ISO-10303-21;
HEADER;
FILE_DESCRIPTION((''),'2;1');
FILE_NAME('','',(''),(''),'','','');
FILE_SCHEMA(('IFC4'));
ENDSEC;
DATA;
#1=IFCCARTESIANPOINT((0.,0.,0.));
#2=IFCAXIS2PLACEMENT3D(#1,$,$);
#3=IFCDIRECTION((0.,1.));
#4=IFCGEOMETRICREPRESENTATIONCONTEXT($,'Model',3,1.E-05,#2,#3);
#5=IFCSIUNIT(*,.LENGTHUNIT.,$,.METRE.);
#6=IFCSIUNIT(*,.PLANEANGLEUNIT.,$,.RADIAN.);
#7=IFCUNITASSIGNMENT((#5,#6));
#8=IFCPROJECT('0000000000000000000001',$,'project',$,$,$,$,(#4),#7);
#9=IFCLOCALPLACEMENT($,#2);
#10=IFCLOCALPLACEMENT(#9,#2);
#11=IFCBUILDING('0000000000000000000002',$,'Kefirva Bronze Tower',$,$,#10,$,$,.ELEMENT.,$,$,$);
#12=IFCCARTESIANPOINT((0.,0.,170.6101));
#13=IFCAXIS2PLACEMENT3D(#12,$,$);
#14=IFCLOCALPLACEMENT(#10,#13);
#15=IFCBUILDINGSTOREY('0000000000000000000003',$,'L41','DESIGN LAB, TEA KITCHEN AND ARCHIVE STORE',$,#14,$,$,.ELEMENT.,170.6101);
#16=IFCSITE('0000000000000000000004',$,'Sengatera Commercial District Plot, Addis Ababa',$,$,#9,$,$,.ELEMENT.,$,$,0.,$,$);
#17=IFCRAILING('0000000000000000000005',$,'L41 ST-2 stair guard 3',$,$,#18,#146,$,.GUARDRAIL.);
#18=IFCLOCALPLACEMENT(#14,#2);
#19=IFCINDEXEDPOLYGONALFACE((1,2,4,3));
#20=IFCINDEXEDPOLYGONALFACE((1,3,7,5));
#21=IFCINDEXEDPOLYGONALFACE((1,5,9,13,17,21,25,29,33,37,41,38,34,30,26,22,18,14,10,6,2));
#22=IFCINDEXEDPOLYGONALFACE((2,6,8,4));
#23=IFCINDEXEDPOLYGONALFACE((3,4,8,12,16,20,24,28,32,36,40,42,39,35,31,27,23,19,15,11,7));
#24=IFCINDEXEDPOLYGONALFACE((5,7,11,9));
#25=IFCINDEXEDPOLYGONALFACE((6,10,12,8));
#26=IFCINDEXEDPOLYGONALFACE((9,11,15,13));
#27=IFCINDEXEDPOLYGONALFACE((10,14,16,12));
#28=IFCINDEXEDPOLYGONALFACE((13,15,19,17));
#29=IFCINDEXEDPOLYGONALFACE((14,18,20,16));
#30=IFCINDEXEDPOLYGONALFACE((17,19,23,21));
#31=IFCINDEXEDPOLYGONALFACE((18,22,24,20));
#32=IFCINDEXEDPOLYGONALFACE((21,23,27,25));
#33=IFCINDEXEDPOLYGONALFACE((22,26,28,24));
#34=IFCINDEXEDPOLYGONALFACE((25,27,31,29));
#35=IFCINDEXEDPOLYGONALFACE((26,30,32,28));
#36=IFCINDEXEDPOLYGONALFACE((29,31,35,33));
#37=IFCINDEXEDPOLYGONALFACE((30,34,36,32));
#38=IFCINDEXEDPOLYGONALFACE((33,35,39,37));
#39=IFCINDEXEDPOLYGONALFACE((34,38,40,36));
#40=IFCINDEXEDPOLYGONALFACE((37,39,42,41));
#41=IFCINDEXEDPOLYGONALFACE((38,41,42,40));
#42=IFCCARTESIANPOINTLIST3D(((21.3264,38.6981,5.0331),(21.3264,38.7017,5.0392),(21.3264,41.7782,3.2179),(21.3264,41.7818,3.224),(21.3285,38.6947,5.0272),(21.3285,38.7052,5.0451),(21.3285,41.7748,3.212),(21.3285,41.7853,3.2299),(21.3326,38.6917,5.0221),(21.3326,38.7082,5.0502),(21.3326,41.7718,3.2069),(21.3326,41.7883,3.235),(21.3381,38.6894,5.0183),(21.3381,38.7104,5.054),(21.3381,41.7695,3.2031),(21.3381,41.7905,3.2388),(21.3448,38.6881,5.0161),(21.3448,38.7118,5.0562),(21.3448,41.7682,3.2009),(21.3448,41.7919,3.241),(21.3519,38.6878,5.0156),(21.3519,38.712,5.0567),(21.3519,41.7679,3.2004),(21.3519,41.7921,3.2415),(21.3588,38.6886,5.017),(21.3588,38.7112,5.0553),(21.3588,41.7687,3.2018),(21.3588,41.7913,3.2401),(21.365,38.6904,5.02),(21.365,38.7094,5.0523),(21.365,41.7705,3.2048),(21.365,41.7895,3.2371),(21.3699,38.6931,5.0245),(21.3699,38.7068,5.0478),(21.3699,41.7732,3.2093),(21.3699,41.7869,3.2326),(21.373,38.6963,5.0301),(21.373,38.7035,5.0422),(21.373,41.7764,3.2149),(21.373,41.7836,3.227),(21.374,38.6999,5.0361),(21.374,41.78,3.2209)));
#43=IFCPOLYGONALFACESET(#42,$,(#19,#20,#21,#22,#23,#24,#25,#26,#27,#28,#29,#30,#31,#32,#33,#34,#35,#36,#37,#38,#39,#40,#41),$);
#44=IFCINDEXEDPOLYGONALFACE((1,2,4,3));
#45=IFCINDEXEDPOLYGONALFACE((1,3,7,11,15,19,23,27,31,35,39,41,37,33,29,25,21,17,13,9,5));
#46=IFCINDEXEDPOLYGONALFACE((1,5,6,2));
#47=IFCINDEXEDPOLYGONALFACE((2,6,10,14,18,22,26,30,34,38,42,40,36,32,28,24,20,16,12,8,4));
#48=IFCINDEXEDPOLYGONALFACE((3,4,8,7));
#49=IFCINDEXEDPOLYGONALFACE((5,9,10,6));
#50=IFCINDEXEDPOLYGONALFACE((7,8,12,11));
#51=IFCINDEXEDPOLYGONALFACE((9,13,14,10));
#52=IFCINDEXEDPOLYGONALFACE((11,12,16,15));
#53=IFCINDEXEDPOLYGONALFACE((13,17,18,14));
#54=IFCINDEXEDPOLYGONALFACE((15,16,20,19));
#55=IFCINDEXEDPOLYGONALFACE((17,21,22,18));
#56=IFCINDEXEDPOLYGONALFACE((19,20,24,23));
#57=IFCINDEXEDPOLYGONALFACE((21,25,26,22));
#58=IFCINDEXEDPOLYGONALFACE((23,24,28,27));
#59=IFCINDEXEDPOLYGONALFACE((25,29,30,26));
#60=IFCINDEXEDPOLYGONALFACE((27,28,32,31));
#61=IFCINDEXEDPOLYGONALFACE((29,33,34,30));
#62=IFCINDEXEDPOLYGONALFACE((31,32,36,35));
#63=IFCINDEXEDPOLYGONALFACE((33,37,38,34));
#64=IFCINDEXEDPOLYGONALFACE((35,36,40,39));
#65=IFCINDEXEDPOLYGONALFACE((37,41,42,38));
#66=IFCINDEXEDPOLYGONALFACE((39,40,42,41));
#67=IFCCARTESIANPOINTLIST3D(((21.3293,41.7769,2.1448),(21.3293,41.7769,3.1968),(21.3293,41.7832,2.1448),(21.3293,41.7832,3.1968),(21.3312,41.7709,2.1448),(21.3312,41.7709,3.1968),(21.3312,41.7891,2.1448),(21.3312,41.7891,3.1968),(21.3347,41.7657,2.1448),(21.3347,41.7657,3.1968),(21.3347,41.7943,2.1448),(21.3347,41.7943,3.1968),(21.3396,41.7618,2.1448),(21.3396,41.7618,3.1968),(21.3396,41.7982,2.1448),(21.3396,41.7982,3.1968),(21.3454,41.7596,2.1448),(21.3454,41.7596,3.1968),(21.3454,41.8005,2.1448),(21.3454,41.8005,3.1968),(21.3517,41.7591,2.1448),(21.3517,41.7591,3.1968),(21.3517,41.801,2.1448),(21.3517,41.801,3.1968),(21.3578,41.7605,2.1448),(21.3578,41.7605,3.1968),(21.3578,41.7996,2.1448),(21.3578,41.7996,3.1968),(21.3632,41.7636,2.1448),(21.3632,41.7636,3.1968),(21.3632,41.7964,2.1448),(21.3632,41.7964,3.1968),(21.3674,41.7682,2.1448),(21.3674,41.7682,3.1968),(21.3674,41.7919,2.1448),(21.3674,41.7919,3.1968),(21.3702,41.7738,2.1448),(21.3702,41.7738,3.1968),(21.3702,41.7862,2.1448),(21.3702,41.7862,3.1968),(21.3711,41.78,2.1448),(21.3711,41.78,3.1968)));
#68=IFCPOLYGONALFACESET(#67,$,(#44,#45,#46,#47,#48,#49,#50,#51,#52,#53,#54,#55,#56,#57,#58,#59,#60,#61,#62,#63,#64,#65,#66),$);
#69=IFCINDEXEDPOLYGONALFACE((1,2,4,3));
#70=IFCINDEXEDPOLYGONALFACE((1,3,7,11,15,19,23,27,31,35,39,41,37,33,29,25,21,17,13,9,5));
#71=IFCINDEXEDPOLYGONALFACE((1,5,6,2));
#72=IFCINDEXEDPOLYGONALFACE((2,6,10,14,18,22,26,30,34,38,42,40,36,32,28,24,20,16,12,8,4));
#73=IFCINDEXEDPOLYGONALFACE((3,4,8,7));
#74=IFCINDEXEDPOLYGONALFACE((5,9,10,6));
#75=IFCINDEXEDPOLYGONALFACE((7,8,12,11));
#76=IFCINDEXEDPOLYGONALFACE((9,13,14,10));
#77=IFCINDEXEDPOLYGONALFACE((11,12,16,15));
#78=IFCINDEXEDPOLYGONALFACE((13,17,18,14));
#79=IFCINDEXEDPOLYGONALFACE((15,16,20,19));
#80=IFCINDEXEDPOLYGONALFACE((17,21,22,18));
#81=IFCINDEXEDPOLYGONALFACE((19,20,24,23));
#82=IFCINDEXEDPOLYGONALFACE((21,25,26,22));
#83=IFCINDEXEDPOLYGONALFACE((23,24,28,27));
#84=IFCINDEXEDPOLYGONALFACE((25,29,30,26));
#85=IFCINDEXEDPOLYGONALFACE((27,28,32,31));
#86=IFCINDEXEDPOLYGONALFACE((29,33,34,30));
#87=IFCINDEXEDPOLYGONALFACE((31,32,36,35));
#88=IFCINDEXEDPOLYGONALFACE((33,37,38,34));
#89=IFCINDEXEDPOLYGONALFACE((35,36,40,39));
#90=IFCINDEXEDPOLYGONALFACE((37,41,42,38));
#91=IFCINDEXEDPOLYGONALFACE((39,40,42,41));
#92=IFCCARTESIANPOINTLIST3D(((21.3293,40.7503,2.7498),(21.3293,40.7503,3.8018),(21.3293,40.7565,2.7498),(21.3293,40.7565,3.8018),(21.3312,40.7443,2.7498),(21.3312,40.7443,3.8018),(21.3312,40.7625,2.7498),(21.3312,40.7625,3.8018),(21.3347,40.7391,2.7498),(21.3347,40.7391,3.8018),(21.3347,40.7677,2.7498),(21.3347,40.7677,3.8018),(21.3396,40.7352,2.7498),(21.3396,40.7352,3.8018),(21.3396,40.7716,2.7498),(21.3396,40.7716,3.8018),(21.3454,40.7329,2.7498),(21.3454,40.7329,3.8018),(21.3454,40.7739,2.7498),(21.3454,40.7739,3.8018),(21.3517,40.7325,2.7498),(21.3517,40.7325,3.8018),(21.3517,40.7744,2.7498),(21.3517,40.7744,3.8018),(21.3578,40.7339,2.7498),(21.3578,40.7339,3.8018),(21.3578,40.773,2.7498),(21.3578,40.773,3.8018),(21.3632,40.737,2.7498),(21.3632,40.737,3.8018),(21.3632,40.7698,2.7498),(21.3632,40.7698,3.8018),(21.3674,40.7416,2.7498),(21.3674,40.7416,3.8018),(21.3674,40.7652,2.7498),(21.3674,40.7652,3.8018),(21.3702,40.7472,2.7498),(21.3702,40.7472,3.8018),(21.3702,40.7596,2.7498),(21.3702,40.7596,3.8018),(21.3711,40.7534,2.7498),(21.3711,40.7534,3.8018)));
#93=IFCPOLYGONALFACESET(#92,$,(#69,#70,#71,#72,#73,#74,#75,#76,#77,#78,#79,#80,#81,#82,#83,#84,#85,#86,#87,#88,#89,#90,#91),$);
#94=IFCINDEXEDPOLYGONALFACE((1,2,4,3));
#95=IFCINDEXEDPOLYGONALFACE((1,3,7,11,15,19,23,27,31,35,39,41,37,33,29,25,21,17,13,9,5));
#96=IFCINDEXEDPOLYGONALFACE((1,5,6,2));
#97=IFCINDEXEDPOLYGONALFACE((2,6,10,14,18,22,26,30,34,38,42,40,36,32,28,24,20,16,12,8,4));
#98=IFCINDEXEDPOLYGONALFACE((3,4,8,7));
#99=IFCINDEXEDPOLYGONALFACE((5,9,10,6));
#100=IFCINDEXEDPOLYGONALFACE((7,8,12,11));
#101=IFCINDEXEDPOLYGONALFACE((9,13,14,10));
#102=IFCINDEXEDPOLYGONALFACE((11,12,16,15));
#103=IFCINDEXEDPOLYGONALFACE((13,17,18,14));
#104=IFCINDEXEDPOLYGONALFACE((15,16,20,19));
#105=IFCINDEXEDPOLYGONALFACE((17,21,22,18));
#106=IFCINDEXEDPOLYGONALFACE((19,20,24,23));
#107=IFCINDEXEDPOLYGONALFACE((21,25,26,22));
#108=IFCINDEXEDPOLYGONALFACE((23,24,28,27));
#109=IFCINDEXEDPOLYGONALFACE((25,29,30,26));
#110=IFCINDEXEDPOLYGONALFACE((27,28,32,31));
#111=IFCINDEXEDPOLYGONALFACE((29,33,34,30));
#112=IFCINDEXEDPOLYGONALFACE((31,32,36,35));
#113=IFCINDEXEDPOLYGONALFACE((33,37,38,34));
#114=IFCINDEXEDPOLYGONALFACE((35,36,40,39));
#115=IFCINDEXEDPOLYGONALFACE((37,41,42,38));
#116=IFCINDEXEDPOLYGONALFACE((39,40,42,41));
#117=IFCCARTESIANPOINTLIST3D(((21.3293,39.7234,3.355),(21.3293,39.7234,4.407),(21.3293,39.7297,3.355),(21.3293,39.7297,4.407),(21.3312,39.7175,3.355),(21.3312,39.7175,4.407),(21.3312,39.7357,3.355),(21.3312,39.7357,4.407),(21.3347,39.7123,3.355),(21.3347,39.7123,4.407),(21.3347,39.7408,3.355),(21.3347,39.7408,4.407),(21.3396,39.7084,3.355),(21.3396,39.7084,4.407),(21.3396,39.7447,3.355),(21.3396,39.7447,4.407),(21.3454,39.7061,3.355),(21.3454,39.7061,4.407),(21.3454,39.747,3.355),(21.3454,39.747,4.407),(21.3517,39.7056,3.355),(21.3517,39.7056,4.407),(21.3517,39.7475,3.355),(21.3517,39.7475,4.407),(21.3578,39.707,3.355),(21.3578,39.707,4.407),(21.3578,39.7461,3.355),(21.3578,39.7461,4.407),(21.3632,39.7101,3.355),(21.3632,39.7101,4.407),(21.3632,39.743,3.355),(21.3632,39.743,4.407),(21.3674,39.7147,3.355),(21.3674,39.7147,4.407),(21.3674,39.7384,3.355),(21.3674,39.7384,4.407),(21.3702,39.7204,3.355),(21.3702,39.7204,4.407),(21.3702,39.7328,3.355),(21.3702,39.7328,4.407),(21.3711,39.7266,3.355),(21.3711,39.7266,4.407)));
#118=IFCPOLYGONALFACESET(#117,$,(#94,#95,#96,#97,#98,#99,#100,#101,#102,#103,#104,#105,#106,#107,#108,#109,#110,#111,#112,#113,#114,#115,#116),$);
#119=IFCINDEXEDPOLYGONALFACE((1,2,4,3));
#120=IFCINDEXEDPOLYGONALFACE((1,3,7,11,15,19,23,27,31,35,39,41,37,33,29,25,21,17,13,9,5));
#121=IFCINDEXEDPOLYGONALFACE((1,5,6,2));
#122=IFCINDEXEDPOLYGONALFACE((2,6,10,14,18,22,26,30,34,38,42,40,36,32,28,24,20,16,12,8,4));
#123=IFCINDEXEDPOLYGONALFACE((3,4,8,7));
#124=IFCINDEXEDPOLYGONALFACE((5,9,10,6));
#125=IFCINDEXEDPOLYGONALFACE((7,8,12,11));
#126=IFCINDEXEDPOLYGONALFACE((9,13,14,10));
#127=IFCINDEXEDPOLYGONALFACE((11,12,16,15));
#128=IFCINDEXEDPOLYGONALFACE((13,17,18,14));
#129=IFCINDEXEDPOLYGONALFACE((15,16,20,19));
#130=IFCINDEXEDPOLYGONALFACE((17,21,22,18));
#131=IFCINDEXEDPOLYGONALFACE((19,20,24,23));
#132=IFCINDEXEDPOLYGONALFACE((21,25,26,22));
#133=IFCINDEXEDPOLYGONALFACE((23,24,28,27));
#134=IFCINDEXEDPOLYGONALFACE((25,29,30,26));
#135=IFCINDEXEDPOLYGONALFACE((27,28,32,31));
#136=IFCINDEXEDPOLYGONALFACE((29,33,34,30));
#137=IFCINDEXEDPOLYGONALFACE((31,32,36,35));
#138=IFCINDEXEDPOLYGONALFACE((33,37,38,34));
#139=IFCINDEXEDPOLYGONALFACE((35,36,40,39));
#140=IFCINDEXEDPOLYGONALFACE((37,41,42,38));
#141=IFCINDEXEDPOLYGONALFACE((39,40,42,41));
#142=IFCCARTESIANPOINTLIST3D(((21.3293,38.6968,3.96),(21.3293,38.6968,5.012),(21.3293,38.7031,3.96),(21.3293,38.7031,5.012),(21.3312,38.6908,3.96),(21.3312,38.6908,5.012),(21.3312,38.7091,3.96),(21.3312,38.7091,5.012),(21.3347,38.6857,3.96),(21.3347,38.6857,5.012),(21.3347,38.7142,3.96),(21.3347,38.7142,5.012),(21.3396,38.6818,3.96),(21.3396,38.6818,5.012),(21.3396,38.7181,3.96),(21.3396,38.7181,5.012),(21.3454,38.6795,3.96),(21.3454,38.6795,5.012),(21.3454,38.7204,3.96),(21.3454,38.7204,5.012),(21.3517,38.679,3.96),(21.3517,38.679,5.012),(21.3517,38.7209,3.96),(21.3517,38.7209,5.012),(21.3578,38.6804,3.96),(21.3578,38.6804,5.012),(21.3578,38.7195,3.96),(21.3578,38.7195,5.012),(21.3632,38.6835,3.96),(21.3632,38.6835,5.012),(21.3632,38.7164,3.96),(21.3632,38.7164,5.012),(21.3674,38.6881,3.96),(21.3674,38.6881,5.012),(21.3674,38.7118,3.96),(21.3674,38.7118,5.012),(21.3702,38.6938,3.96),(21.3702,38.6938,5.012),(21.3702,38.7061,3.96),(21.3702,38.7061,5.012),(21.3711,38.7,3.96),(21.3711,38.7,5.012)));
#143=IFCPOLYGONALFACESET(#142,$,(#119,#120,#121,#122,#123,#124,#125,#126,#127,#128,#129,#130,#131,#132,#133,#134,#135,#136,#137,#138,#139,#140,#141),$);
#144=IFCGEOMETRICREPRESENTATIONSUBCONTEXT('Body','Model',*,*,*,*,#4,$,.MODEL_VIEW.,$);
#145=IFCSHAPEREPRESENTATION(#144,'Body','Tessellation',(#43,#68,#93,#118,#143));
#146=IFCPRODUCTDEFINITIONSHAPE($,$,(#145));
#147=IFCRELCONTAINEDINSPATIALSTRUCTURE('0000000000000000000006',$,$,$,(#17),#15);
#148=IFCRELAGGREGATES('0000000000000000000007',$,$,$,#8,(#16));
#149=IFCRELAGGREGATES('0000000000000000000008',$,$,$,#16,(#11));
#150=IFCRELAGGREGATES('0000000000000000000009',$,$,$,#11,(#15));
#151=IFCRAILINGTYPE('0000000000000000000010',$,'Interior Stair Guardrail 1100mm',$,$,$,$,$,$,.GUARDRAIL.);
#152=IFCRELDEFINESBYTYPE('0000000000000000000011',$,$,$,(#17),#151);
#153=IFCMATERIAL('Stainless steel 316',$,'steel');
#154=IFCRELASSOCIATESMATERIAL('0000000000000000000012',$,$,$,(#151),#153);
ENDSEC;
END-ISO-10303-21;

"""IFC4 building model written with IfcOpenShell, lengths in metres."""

from ifc_helpers import new_model, si_unit, direction, frame, origin, origin_2d, place, context, subcontext, project, spatial, circle, extrude, material, type_object, element, save


model = new_model("IFC4")

# Units and contexts
model_context = context("Model", 3, precision=1e-05, world=origin(), true_north=direction((0.0, 1.0)))
body_context = subcontext(model_context, "Body", "Model", "MODEL_VIEW")
ifc_project = project(units=[si_unit("LENGTHUNIT", "METRE"), si_unit("PLANEANGLEUNIT", "RADIAN")], contexts=[model_context])

# Site, building, storey
site_placement = place(None, origin())
site = spatial("IfcSite", under=ifc_project, at=site_placement, Name="Sengatera Commercial District Plot, Addis Ababa", CompositionType="ELEMENT", RefElevation=0.0)
building_placement = place(site_placement, origin())
building = spatial("IfcBuilding", under=site, at=building_placement, Name="Kefirva Bronze Tower", CompositionType="ELEMENT")
storey_placement = place(building_placement, frame((0.0, 0.0, 170.6101)))
storey = spatial("IfcBuildingStorey", under=building, at=storey_placement, Name="L41", Description="DESIGN LAB, TEA KITCHEN AND ARCHIVE STORE", CompositionType="ELEMENT", Elevation=170.6101)

# Railing
ifc_material_1 = material(Name="Stainless steel 316", Category="steel")
railing_type_1 = type_object("IfcRailingType", Name="Interior Stair Guardrail 1100mm", PredefinedType="GUARDRAIL", material=ifc_material_1)
railing_1_placement = place(storey_placement, frame((21.3501, 41.78, 2.1448)))
element("IfcRailing", 1, at=railing_1_placement, inside=storey, type_object=railing_type_1, Name="L41 ST-2 stair guard 3", PredefinedType="GUARDRAIL", context=body_context, shape_type="SweptSolid", body=[
    extrude(circle(Radius=0.0239, at=origin_2d()), frame((0.0, 0.0, 1.0762), z_axis=(0.0, -0.861521, 0.507721), x_axis=(1.0, 0.0, 0.0)), (0.0, 0.0, 1.0), 3.5752),
    extrude(circle(Radius=0.021, at=origin_2d()), origin(), (0.0, 0.0, 1.0), 1.052),
    extrude(circle(Radius=0.021, at=origin_2d()), frame((0.0, -1.0266, 0.605)), (0.0, 0.0, 1.0), 1.052),
    extrude(circle(Radius=0.021, at=origin_2d()), frame((0.0, -2.0535, 1.2102)), (0.0, 0.0, 1.0), 1.052),
    extrude(circle(Radius=0.021, at=origin_2d()), frame((0.0, -3.0801, 1.8152)), (0.0, 0.0, 1.0), 1.052),
])

save(model, "model.ifc")
